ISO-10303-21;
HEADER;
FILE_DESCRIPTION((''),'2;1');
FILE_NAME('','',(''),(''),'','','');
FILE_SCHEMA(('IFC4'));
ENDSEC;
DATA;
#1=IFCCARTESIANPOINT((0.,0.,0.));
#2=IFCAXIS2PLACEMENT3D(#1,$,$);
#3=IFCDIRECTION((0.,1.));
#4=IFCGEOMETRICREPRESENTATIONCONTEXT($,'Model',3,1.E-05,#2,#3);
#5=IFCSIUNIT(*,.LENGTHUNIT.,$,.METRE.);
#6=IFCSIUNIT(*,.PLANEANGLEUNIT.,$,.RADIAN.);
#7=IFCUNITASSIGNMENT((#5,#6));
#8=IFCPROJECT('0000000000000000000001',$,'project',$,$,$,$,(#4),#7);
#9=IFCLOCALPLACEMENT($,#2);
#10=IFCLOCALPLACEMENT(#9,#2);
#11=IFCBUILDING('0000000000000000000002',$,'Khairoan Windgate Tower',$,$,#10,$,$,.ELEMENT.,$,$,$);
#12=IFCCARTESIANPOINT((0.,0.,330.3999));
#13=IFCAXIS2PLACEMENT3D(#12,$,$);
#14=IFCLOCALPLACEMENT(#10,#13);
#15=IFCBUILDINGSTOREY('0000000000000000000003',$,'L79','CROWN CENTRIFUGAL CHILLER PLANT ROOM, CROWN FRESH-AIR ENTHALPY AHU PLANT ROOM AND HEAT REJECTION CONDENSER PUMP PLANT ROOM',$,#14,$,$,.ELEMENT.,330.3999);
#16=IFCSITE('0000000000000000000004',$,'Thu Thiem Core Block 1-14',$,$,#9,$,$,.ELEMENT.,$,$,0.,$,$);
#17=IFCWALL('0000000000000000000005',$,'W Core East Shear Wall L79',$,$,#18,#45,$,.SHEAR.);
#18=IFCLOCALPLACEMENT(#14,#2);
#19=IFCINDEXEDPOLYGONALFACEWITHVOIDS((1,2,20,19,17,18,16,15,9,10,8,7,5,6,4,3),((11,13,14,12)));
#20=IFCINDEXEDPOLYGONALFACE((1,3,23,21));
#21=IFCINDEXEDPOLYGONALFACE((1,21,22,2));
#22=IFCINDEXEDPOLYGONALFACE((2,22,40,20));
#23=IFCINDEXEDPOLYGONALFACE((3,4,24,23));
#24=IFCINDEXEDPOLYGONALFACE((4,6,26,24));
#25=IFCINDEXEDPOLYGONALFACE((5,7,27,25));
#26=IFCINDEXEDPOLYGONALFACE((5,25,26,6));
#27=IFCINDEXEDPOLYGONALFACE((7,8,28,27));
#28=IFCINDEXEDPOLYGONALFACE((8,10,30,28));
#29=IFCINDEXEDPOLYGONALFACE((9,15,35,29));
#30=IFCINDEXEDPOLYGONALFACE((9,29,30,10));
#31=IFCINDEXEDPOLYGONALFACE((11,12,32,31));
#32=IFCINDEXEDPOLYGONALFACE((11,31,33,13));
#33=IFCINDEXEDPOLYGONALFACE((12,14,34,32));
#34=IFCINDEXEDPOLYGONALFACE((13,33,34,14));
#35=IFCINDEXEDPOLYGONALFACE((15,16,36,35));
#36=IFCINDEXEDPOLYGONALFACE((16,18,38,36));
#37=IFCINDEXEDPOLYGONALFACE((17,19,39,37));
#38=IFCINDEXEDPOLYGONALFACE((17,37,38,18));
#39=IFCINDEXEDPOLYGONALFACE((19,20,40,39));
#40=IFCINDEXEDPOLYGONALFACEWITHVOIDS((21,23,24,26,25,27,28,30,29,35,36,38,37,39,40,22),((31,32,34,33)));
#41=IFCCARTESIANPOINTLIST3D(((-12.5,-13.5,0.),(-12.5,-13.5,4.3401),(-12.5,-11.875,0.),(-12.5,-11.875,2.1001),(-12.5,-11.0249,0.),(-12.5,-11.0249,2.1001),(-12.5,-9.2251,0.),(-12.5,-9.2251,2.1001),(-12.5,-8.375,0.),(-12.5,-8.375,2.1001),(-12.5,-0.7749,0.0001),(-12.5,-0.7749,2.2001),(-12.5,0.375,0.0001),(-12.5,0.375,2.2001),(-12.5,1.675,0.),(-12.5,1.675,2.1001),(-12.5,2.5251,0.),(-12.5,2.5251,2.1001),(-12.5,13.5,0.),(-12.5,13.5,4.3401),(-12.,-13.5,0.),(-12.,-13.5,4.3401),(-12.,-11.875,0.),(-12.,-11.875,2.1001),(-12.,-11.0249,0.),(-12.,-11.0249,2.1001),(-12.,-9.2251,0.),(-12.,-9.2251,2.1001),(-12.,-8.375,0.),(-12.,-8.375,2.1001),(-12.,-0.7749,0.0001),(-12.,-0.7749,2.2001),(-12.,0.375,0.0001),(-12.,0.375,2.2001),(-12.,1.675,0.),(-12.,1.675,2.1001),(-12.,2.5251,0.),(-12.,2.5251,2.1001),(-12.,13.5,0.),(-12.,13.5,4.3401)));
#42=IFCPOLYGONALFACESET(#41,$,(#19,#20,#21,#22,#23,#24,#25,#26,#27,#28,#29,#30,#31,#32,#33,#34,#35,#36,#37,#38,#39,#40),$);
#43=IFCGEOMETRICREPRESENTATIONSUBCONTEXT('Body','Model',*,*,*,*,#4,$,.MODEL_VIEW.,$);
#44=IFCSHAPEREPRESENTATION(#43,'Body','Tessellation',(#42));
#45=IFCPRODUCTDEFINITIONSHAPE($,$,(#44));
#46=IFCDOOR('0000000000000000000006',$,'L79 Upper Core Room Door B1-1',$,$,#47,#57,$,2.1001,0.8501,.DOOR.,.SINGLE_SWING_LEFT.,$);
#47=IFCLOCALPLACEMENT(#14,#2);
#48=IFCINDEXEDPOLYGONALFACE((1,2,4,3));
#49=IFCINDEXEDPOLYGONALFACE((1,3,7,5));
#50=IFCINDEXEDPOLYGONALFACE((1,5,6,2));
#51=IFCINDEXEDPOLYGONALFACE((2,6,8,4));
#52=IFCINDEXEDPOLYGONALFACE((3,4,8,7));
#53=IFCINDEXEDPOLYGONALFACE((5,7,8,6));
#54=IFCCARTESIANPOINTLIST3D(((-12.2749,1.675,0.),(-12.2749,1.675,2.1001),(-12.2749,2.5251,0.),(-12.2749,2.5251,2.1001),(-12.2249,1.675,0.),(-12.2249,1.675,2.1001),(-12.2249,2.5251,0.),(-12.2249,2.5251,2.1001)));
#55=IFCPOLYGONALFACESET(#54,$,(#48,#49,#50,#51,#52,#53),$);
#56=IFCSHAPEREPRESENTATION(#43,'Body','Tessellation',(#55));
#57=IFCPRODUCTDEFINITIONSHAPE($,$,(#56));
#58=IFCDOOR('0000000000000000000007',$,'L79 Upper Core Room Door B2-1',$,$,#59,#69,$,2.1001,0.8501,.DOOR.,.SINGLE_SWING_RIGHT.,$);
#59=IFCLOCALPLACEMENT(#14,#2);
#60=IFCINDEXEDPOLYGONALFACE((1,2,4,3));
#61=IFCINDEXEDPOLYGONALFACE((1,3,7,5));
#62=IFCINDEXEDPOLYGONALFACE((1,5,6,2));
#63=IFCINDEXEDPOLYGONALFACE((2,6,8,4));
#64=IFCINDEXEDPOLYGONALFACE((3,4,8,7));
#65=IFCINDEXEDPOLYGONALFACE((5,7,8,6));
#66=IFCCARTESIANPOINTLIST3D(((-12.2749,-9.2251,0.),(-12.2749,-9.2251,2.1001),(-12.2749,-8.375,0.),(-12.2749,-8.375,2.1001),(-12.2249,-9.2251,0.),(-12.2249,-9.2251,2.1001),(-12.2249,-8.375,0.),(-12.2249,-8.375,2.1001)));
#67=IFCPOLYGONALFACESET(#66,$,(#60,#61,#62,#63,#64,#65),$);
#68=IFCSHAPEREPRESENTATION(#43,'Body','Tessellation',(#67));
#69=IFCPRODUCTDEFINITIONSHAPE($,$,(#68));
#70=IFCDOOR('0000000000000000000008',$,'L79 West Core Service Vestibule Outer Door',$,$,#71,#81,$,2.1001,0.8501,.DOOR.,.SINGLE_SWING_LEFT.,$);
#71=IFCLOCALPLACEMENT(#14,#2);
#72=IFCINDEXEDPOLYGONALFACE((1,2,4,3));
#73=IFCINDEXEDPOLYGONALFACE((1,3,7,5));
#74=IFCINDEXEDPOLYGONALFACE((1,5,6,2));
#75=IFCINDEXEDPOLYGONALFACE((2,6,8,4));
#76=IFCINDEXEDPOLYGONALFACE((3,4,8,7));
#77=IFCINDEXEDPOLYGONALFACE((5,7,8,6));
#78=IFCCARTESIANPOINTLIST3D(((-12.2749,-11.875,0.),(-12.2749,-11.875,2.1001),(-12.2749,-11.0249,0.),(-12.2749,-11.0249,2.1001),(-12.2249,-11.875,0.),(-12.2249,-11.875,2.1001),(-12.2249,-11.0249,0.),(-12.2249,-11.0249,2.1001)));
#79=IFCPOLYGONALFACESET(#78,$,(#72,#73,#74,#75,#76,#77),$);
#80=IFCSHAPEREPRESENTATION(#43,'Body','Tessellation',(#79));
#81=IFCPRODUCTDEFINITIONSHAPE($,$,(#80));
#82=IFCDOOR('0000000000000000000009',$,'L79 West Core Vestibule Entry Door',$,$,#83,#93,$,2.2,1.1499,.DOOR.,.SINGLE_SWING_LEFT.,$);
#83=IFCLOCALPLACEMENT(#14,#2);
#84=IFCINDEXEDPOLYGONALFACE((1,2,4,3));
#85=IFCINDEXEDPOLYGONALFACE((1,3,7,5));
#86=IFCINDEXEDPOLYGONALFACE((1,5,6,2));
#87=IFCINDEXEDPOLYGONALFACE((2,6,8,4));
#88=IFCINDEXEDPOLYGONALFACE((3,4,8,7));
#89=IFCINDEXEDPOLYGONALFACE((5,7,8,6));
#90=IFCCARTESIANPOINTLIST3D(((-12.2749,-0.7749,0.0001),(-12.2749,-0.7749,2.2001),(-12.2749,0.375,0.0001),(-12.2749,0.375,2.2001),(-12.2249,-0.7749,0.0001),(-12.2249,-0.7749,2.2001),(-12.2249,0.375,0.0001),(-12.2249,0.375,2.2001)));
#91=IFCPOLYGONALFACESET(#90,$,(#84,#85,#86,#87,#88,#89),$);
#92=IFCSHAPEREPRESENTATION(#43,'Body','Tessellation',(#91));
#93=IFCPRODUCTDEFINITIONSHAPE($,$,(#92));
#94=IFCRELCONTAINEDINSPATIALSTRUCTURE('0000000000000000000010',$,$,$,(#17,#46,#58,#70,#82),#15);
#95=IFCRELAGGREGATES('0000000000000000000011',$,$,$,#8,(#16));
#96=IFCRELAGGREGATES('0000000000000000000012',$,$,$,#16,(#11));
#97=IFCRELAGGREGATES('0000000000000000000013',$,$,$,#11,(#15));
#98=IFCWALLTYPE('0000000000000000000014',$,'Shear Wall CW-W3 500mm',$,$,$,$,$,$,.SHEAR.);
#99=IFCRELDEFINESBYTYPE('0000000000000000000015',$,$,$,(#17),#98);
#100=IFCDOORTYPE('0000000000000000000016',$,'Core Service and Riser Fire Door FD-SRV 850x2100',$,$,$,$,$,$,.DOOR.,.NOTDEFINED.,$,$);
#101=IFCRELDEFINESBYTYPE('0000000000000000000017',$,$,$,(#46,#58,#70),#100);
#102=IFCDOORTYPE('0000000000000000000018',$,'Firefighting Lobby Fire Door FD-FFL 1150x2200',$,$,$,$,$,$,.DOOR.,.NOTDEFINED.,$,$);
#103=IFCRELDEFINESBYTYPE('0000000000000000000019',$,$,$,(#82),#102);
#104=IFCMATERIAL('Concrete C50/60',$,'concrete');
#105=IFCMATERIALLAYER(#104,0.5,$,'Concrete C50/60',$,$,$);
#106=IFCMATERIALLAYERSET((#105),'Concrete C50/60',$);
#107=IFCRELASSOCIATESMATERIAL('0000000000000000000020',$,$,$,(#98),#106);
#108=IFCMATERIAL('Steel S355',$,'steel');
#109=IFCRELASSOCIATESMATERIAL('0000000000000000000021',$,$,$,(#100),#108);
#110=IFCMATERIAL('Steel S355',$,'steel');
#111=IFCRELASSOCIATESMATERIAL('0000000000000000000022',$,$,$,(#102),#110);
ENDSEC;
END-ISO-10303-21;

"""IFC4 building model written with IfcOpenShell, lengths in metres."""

from ifc_helpers import new_model, si_unit, direction, frame, frame_2d, origin, place, context, subcontext, project, spatial, rectangle, extrude, material, layer, layer_set, type_object, element, fill, save


model = new_model("IFC4")

# Units and contexts
model_context = context("Model", 3, precision=1e-05, world=origin(), true_north=direction((0.0, 1.0)))
body_context = subcontext(model_context, "Body", "Model", "MODEL_VIEW")
ifc_project = project(units=[si_unit("LENGTHUNIT", "METRE"), si_unit("PLANEANGLEUNIT", "RADIAN")], contexts=[model_context])

# Site, building, storey
site_placement = place(None, origin())
site = spatial("IfcSite", under=ifc_project, at=site_placement, Name="Thu Thiem Core Block 1-14", CompositionType="ELEMENT", RefElevation=0.0)
building_placement = place(site_placement, origin())
building = spatial("IfcBuilding", under=site, at=building_placement, Name="Khairoan Windgate Tower", CompositionType="ELEMENT")
storey_placement = place(building_placement, frame((0.0, 0.0, 330.3999)))
storey = spatial("IfcBuildingStorey", under=building, at=storey_placement, Name="L79", Description="CROWN CENTRIFUGAL CHILLER PLANT ROOM, CROWN FRESH-AIR ENTHALPY AHU PLANT ROOM AND HEAT REJECTION CONDENSER PUMP PLANT ROOM", CompositionType="ELEMENT", Elevation=330.3999)

# Wall, openings, doors
ifc_material_1 = material(Name="Concrete C50/60", Category="concrete")
ifc_layer = layer(ifc_material_1, 0.5, Name="Concrete C50/60")
ifc_layer_set = layer_set([ifc_layer], Name="Concrete C50/60")
wall_type = type_object("IfcWallType", Name="Shear Wall CW-W3 500mm", PredefinedType="SHEAR", material=ifc_layer_set)
wall_placement = place(storey_placement, frame((-12.25, -13.5, 0.0), z_axis=(0.0, 0.0, 1.0), x_axis=(0.0, 1.0, 0.0)))
wall = element("IfcWall", 1, at=wall_placement, inside=storey, type_object=wall_type, Name="W Core East Shear Wall L79", PredefinedType="SHEAR", context=body_context, shape_type="SweptSolid", body=[
    extrude(rectangle(XDim=27.0, YDim=0.5, at=frame_2d((13.5, 0.0))), origin(), (0.0, 0.0, 1.0), 4.3401),
])
opening_1_placement = place(wall_placement, frame((15.175, 0.0, 0.0)))
opening_1 = element("IfcOpeningElement", 2, at=opening_1_placement, cuts=wall, PredefinedType="OPENING", context=body_context, shape_type="SweptSolid", body=[
    extrude(rectangle(XDim=0.8501, YDim=2.1001, at=frame_2d((0.425, 1.05))), frame((0.0, 0.26, 0.0), z_axis=(0.0, -1.0, 0.0), x_axis=(1.0, 0.0, 0.0)), (0.0, 0.0, 1.0), 0.52),
])
opening_2_placement = place(wall_placement, frame((4.2749, 0.0, 0.0)))
opening_2 = element("IfcOpeningElement", 3, at=opening_2_placement, cuts=wall, PredefinedType="OPENING", context=body_context, shape_type="SweptSolid", body=[
    extrude(rectangle(XDim=0.8501, YDim=2.1001, at=frame_2d((0.425, 1.05))), frame((0.0, 0.26, 0.0), z_axis=(0.0, -1.0, 0.0), x_axis=(1.0, 0.0, 0.0)), (0.0, 0.0, 1.0), 0.52),
])
opening_3_placement = place(wall_placement, frame((12.7251, 0.0, 0.0)))
opening_3 = element("IfcOpeningElement", 4, at=opening_3_placement, cuts=wall, PredefinedType="OPENING", context=body_context, shape_type="SweptSolid", body=[
    extrude(rectangle(XDim=1.1499, YDim=2.2, at=frame_2d((0.575, 1.1001))), frame((0.0, 0.26, 0.0), z_axis=(0.0, -1.0, 0.0), x_axis=(1.0, 0.0, 0.0)), (0.0, 0.0, 1.0), 0.52),
])
opening_4_placement = place(wall_placement, frame((1.625, 0.0, 0.0)))
opening_4 = element("IfcOpeningElement", 5, at=opening_4_placement, cuts=wall, PredefinedType="OPENING", context=body_context, shape_type="SweptSolid", body=[
    extrude(rectangle(XDim=0.8501, YDim=2.1001, at=frame_2d((0.425, 1.05))), frame((0.0, 0.26, 0.0), z_axis=(0.0, -1.0, 0.0), x_axis=(1.0, 0.0, 0.0)), (0.0, 0.0, 1.0), 0.52),
])
ifc_material_2 = material(Name="Steel S355", Category="steel")
door_type_1 = type_object("IfcDoorType", Name="Core Service and Riser Fire Door FD-SRV 850x2100", OperationType="NOTDEFINED", PredefinedType="DOOR", material=ifc_material_2)
door_1_placement = place(opening_1_placement, origin())
door_1 = element("IfcDoor", 6, at=door_1_placement, inside=storey, type_object=door_type_1, Name="L79 Upper Core Room Door B1-1", OperationType="SINGLE_SWING_LEFT", OverallHeight=2.1001, OverallWidth=0.8501, PredefinedType="DOOR", context=body_context, shape_type="SweptSolid", body=[
    extrude(rectangle(XDim=0.8501, YDim=2.1001, at=frame_2d((0.425, 1.05))), frame((0.0, 0.0249, 0.0), z_axis=(0.0, -1.0, 0.0), x_axis=(1.0, 0.0, 0.0)), (0.0, 0.0, 1.0), 0.05),
])
fill(opening_1, door_1)
door_2_placement = place(opening_2_placement, origin())
door_2 = element("IfcDoor", 7, at=door_2_placement, inside=storey, type_object=door_type_1, Name="L79 Upper Core Room Door B2-1", OperationType="SINGLE_SWING_RIGHT", OverallHeight=2.1001, OverallWidth=0.8501, PredefinedType="DOOR", context=body_context, shape_type="SweptSolid", body=[
    extrude(rectangle(XDim=0.8501, YDim=2.1001, at=frame_2d((0.425, 1.05))), frame((0.0, 0.0249, 0.0), z_axis=(0.0, -1.0, 0.0), x_axis=(1.0, 0.0, 0.0)), (0.0, 0.0, 1.0), 0.05),
])
fill(opening_2, door_2)
door_3_placement = place(opening_4_placement, origin())
door_3 = element("IfcDoor", 8, at=door_3_placement, inside=storey, type_object=door_type_1, Name="L79 West Core Service Vestibule Outer Door", OperationType="SINGLE_SWING_LEFT", OverallHeight=2.1001, OverallWidth=0.8501, PredefinedType="DOOR", context=body_context, shape_type="SweptSolid", body=[
    extrude(rectangle(XDim=0.8501, YDim=2.1001, at=frame_2d((0.425, 1.05))), frame((0.0, 0.0249, 0.0), z_axis=(0.0, -1.0, 0.0), x_axis=(1.0, 0.0, 0.0)), (0.0, 0.0, 1.0), 0.05),
])
fill(opening_4, door_3)
ifc_material_3 = material(Name="Steel S355", Category="steel")
door_type_2 = type_object("IfcDoorType", Name="Firefighting Lobby Fire Door FD-FFL 1150x2200", OperationType="NOTDEFINED", PredefinedType="DOOR", material=ifc_material_3)
door_4_placement = place(opening_3_placement, origin())
door_4 = element("IfcDoor", 9, at=door_4_placement, inside=storey, type_object=door_type_2, Name="L79 West Core Vestibule Entry Door", OperationType="SINGLE_SWING_LEFT", OverallHeight=2.2, OverallWidth=1.1499, PredefinedType="DOOR", context=body_context, shape_type="SweptSolid", body=[
    extrude(rectangle(XDim=1.1499, YDim=2.2, at=frame_2d((0.575, 1.1001))), frame((0.0, 0.0249, 0.0), z_axis=(0.0, -1.0, 0.0), x_axis=(1.0, 0.0, 0.0)), (0.0, 0.0, 1.0), 0.05),
])
fill(opening_3, door_4)

save(model, "model.ifc")
